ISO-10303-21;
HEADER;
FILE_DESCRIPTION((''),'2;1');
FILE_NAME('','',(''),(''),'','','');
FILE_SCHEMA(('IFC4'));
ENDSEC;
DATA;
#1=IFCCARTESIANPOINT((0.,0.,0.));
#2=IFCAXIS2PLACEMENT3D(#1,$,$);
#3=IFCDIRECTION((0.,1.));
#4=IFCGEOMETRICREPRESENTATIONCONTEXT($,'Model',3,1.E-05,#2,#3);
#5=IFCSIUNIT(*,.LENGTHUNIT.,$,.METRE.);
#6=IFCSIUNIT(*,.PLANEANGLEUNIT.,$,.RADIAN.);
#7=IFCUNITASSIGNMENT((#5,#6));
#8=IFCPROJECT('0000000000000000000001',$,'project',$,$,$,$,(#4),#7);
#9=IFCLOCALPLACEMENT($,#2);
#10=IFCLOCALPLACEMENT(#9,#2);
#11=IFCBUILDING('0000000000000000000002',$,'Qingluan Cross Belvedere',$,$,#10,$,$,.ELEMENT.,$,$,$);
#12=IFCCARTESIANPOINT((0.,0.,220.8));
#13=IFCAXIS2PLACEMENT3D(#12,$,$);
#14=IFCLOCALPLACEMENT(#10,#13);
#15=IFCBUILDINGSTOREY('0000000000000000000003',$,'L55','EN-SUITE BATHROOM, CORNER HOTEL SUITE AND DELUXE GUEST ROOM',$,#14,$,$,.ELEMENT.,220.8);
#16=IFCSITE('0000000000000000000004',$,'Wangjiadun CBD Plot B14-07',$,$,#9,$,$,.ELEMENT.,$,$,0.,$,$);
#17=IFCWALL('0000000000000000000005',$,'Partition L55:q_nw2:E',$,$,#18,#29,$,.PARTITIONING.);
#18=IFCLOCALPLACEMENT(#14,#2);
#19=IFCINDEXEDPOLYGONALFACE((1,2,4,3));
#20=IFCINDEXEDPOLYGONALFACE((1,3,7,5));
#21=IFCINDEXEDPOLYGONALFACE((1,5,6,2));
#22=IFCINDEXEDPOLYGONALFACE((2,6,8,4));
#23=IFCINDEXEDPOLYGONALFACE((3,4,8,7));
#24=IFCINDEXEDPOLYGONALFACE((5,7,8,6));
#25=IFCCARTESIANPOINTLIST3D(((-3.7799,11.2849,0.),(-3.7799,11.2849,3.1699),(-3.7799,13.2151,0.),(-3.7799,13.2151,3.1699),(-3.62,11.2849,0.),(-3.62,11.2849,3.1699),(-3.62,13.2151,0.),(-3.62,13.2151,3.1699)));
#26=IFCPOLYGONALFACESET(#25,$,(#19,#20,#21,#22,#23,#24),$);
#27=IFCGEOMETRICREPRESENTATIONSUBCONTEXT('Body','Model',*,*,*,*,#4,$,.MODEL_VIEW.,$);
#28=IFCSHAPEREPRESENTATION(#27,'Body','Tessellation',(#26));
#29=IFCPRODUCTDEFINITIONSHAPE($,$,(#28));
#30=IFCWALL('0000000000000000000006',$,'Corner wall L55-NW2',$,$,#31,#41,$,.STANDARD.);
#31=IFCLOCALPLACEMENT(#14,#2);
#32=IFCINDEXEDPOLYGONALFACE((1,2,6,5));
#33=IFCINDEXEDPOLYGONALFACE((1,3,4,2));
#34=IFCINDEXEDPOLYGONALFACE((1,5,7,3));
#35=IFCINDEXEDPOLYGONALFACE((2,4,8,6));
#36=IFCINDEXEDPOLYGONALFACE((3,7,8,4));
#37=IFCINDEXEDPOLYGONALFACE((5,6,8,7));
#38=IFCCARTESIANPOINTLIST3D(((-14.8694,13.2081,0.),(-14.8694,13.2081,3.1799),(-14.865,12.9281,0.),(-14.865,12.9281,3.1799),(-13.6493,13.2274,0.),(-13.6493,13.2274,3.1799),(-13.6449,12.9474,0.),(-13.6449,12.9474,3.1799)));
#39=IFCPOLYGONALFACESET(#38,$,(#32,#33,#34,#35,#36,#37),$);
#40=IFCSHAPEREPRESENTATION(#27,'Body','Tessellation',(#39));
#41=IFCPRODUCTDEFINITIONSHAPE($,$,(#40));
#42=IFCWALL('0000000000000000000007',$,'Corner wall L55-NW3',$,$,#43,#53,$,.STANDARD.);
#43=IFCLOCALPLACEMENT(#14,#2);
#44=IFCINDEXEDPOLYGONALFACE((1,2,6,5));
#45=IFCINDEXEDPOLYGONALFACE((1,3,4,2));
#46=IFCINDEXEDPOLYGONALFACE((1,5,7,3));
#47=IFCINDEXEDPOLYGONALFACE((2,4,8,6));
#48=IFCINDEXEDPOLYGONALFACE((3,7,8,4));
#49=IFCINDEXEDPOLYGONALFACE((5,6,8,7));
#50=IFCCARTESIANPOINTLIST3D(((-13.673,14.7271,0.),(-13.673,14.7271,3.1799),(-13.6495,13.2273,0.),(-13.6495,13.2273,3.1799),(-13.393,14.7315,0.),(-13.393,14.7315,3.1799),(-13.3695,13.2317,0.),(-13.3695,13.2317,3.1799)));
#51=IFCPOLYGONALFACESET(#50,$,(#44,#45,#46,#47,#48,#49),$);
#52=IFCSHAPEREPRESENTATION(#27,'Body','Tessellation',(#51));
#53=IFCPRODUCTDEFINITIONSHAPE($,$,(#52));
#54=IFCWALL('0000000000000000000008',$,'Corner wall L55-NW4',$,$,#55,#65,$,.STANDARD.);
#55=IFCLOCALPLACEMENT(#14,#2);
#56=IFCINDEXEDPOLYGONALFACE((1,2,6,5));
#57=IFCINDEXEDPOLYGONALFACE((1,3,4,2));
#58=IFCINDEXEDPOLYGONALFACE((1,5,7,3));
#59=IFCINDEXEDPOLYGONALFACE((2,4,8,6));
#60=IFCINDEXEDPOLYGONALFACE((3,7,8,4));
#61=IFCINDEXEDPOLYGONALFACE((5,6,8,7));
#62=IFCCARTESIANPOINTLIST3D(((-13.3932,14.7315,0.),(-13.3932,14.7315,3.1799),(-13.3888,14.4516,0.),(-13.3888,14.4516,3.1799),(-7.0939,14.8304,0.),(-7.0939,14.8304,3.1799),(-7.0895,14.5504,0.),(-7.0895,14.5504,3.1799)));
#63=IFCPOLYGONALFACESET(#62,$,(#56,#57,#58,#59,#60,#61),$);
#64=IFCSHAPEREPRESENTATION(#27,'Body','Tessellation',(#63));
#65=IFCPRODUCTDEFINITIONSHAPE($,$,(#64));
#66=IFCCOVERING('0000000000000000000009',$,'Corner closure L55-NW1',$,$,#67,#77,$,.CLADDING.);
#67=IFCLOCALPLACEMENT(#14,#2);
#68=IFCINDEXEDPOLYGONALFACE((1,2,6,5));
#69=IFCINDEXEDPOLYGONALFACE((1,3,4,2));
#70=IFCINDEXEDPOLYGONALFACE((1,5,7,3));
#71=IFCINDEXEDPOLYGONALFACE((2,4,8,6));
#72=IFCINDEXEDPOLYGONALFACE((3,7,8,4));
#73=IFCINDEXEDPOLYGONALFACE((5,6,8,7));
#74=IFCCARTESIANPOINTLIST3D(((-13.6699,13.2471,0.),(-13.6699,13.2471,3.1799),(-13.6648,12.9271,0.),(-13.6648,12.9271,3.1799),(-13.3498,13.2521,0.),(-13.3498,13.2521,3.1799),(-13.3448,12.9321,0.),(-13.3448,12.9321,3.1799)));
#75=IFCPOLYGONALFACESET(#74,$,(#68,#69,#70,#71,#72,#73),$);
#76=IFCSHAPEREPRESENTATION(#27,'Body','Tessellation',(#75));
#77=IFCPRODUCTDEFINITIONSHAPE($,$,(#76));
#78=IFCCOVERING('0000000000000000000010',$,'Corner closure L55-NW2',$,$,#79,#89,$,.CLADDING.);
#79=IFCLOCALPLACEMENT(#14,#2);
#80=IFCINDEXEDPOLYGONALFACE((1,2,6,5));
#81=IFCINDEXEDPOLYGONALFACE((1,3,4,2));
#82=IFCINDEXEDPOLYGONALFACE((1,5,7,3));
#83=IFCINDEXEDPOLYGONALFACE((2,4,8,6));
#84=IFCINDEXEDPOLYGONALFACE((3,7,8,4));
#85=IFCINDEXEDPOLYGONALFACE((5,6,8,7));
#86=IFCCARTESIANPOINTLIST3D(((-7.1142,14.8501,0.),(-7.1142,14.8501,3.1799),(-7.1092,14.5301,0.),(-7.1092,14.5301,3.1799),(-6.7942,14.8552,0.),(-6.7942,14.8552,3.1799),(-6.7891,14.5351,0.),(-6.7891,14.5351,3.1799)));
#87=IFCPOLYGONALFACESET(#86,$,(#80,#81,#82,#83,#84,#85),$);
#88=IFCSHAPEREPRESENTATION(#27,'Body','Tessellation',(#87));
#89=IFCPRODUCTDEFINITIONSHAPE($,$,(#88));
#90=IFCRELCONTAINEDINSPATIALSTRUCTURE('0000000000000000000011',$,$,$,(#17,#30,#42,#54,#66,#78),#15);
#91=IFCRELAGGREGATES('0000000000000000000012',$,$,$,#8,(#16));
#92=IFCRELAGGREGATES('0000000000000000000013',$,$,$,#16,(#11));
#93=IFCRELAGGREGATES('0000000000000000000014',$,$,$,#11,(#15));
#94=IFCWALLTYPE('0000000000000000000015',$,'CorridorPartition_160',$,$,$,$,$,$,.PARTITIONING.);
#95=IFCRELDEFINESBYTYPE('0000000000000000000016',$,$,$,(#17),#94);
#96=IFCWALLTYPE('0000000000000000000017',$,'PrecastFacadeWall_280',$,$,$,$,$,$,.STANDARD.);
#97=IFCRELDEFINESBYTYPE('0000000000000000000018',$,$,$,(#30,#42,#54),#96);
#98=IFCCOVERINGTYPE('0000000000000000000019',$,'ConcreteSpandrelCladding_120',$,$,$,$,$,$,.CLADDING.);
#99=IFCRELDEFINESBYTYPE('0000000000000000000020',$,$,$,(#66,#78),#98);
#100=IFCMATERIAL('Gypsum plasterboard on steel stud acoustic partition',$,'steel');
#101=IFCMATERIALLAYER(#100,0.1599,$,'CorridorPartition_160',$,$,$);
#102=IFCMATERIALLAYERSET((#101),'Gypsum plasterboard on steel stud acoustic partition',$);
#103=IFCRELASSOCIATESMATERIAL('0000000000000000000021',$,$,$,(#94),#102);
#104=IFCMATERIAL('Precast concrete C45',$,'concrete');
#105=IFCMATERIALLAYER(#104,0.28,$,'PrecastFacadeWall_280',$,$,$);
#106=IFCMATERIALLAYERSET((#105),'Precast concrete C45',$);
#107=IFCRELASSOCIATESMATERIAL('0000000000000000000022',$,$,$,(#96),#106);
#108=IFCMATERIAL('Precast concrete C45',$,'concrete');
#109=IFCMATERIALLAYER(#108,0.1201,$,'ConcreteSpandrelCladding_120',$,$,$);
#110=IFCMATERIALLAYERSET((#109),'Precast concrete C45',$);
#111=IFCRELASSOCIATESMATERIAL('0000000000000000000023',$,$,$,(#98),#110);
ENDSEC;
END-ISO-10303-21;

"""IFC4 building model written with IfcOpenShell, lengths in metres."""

from ifc_helpers import new_model, si_unit, direction, frame, frame_2d, origin, origin_2d, place, context, subcontext, project, spatial, rectangle, extrude, material, layer, layer_set, type_object, element, save


model = new_model("IFC4")

# Units and contexts
model_context = context("Model", 3, precision=1e-05, world=origin(), true_north=direction((0.0, 1.0)))
body_context = subcontext(model_context, "Body", "Model", "MODEL_VIEW")
ifc_project = project(units=[si_unit("LENGTHUNIT", "METRE"), si_unit("PLANEANGLEUNIT", "RADIAN")], contexts=[model_context])

# Site, building, storey
site_placement = place(None, origin())
site = spatial("IfcSite", under=ifc_project, at=site_placement, Name="Wangjiadun CBD Plot B14-07", CompositionType="ELEMENT", RefElevation=0.0)
building_placement = place(site_placement, origin())
building = spatial("IfcBuilding", under=site, at=building_placement, Name="Qingluan Cross Belvedere", CompositionType="ELEMENT")
storey_placement = place(building_placement, frame((0.0, 0.0, 220.8)))
storey = spatial("IfcBuildingStorey", under=building, at=storey_placement, Name="L55", Description="EN-SUITE BATHROOM, CORNER HOTEL SUITE AND DELUXE GUEST ROOM", CompositionType="ELEMENT", Elevation=220.8)

# Shared definitions
ifc_material_1 = material(Name="Gypsum plasterboard on steel stud acoustic partition", Category="steel")
ifc_layer_1 = layer(ifc_material_1, 0.1599, Name="CorridorPartition_160")
ifc_layer_set_1 = layer_set([ifc_layer_1], Name="Gypsum plasterboard on steel stud acoustic partition")
wall_type_1 = type_object("IfcWallType", Name="CorridorPartition_160", PredefinedType="PARTITIONING", material=ifc_layer_set_1)

# Walls
wall_1_placement = place(storey_placement, frame((-3.7, 11.2849, 0.0), z_axis=(0.0, 0.0, 1.0), x_axis=(0.0, 1.0, 0.0)))
element("IfcWall", 1, at=wall_1_placement, inside=storey, type_object=wall_type_1, Name="Partition L55:q_nw2:E", PredefinedType="PARTITIONING", context=body_context, shape_type="SweptSolid", body=[
    extrude(rectangle(XDim=1.9302, YDim=0.1599, at=frame_2d((0.9651, 0.0))), origin(), (0.0, 0.0, 1.0), 3.1699),
])
ifc_material_2 = material(Name="Precast concrete C45", Category="concrete")
ifc_layer_2 = layer(ifc_material_2, 0.28, Name="PrecastFacadeWall_280")
ifc_layer_set_2 = layer_set([ifc_layer_2], Name="Precast concrete C45")
wall_type_2 = type_object("IfcWallType", Name="PrecastFacadeWall_280", PredefinedType="STANDARD", material=ifc_layer_set_2)
wall_2_placement = place(storey_placement, frame((-14.8672, 13.0681, 0.0), z_axis=(0.0, 0.0, 1.0), x_axis=(0.999875, 0.015808, 0.0)))
element("IfcWall", 2, at=wall_2_placement, inside=storey, type_object=wall_type_2, Name="Corner wall L55-NW2", PredefinedType="STANDARD", context=body_context, shape_type="SweptSolid", body=[
    extrude(rectangle(XDim=1.2202, YDim=0.28, at=frame_2d((0.6101, 0.0))), origin(), (0.0, 0.0, 1.0), 3.1799),
])
wall_3_placement = place(storey_placement, frame((-13.5095, 13.2295, 0.0), z_axis=(0.0, 0.0, 1.0), x_axis=(-0.015626, 0.999878, 0.0)))
element("IfcWall", 3, at=wall_3_placement, inside=storey, type_object=wall_type_2, Name="Corner wall L55-NW3", PredefinedType="STANDARD", context=body_context, shape_type="SweptSolid", body=[
    extrude(rectangle(XDim=1.5, YDim=0.28, at=frame_2d((0.75, 0.0))), origin(), (0.0, 0.0, 1.0), 3.1799),
])
wall_4_placement = place(storey_placement, frame((-13.3909, 14.5916, 0.0), z_axis=(0.0, 0.0, 1.0), x_axis=(0.999877, 0.015695, 0.0)))
element("IfcWall", 4, at=wall_4_placement, inside=storey, type_object=wall_type_2, Name="Corner wall L55-NW4", PredefinedType="STANDARD", context=body_context, shape_type="SweptSolid", body=[
    extrude(rectangle(XDim=6.3, YDim=0.28, at=frame_2d((3.1499, 0.0))), origin(), (0.0, 0.0, 1.0), 3.1799),
])

# Coverings
ifc_material_3 = material(Name="Precast concrete C45", Category="concrete")
ifc_layer_3 = layer(ifc_material_3, 0.1201, Name="ConcreteSpandrelCladding_120")
ifc_layer_set_3 = layer_set([ifc_layer_3], Name="Precast concrete C45")
covering_type = type_object("IfcCoveringType", Name="ConcreteSpandrelCladding_120", PredefinedType="CLADDING", material=ifc_layer_set_3)
for number, where, z_axis, x_axis, name in (
    (5, (-13.5073, 13.0896, 0.0), (0.0, 0.0, 1.0), (0.999877, 0.015707, 0.0), "Corner closure L55-NW1"),
    (6, (-6.9517, 14.6926, 0.0), (0.0, 0.0, 1.0), (0.999877, 0.015707, 0.0), "Corner closure L55-NW2"),
):
    element("IfcCovering", number, at=place(storey_placement, frame(where, z_axis=z_axis, x_axis=x_axis)), inside=storey, type_object=covering_type, Name=name, PredefinedType="CLADDING", context=body_context, shape_type="SweptSolid", body=[
        extrude(rectangle(XDim=0.3201, YDim=0.3201, at=origin_2d()), origin(), (0.0, 0.0, 1.0), 3.1799),
    ])

save(model, "model.ifc")
